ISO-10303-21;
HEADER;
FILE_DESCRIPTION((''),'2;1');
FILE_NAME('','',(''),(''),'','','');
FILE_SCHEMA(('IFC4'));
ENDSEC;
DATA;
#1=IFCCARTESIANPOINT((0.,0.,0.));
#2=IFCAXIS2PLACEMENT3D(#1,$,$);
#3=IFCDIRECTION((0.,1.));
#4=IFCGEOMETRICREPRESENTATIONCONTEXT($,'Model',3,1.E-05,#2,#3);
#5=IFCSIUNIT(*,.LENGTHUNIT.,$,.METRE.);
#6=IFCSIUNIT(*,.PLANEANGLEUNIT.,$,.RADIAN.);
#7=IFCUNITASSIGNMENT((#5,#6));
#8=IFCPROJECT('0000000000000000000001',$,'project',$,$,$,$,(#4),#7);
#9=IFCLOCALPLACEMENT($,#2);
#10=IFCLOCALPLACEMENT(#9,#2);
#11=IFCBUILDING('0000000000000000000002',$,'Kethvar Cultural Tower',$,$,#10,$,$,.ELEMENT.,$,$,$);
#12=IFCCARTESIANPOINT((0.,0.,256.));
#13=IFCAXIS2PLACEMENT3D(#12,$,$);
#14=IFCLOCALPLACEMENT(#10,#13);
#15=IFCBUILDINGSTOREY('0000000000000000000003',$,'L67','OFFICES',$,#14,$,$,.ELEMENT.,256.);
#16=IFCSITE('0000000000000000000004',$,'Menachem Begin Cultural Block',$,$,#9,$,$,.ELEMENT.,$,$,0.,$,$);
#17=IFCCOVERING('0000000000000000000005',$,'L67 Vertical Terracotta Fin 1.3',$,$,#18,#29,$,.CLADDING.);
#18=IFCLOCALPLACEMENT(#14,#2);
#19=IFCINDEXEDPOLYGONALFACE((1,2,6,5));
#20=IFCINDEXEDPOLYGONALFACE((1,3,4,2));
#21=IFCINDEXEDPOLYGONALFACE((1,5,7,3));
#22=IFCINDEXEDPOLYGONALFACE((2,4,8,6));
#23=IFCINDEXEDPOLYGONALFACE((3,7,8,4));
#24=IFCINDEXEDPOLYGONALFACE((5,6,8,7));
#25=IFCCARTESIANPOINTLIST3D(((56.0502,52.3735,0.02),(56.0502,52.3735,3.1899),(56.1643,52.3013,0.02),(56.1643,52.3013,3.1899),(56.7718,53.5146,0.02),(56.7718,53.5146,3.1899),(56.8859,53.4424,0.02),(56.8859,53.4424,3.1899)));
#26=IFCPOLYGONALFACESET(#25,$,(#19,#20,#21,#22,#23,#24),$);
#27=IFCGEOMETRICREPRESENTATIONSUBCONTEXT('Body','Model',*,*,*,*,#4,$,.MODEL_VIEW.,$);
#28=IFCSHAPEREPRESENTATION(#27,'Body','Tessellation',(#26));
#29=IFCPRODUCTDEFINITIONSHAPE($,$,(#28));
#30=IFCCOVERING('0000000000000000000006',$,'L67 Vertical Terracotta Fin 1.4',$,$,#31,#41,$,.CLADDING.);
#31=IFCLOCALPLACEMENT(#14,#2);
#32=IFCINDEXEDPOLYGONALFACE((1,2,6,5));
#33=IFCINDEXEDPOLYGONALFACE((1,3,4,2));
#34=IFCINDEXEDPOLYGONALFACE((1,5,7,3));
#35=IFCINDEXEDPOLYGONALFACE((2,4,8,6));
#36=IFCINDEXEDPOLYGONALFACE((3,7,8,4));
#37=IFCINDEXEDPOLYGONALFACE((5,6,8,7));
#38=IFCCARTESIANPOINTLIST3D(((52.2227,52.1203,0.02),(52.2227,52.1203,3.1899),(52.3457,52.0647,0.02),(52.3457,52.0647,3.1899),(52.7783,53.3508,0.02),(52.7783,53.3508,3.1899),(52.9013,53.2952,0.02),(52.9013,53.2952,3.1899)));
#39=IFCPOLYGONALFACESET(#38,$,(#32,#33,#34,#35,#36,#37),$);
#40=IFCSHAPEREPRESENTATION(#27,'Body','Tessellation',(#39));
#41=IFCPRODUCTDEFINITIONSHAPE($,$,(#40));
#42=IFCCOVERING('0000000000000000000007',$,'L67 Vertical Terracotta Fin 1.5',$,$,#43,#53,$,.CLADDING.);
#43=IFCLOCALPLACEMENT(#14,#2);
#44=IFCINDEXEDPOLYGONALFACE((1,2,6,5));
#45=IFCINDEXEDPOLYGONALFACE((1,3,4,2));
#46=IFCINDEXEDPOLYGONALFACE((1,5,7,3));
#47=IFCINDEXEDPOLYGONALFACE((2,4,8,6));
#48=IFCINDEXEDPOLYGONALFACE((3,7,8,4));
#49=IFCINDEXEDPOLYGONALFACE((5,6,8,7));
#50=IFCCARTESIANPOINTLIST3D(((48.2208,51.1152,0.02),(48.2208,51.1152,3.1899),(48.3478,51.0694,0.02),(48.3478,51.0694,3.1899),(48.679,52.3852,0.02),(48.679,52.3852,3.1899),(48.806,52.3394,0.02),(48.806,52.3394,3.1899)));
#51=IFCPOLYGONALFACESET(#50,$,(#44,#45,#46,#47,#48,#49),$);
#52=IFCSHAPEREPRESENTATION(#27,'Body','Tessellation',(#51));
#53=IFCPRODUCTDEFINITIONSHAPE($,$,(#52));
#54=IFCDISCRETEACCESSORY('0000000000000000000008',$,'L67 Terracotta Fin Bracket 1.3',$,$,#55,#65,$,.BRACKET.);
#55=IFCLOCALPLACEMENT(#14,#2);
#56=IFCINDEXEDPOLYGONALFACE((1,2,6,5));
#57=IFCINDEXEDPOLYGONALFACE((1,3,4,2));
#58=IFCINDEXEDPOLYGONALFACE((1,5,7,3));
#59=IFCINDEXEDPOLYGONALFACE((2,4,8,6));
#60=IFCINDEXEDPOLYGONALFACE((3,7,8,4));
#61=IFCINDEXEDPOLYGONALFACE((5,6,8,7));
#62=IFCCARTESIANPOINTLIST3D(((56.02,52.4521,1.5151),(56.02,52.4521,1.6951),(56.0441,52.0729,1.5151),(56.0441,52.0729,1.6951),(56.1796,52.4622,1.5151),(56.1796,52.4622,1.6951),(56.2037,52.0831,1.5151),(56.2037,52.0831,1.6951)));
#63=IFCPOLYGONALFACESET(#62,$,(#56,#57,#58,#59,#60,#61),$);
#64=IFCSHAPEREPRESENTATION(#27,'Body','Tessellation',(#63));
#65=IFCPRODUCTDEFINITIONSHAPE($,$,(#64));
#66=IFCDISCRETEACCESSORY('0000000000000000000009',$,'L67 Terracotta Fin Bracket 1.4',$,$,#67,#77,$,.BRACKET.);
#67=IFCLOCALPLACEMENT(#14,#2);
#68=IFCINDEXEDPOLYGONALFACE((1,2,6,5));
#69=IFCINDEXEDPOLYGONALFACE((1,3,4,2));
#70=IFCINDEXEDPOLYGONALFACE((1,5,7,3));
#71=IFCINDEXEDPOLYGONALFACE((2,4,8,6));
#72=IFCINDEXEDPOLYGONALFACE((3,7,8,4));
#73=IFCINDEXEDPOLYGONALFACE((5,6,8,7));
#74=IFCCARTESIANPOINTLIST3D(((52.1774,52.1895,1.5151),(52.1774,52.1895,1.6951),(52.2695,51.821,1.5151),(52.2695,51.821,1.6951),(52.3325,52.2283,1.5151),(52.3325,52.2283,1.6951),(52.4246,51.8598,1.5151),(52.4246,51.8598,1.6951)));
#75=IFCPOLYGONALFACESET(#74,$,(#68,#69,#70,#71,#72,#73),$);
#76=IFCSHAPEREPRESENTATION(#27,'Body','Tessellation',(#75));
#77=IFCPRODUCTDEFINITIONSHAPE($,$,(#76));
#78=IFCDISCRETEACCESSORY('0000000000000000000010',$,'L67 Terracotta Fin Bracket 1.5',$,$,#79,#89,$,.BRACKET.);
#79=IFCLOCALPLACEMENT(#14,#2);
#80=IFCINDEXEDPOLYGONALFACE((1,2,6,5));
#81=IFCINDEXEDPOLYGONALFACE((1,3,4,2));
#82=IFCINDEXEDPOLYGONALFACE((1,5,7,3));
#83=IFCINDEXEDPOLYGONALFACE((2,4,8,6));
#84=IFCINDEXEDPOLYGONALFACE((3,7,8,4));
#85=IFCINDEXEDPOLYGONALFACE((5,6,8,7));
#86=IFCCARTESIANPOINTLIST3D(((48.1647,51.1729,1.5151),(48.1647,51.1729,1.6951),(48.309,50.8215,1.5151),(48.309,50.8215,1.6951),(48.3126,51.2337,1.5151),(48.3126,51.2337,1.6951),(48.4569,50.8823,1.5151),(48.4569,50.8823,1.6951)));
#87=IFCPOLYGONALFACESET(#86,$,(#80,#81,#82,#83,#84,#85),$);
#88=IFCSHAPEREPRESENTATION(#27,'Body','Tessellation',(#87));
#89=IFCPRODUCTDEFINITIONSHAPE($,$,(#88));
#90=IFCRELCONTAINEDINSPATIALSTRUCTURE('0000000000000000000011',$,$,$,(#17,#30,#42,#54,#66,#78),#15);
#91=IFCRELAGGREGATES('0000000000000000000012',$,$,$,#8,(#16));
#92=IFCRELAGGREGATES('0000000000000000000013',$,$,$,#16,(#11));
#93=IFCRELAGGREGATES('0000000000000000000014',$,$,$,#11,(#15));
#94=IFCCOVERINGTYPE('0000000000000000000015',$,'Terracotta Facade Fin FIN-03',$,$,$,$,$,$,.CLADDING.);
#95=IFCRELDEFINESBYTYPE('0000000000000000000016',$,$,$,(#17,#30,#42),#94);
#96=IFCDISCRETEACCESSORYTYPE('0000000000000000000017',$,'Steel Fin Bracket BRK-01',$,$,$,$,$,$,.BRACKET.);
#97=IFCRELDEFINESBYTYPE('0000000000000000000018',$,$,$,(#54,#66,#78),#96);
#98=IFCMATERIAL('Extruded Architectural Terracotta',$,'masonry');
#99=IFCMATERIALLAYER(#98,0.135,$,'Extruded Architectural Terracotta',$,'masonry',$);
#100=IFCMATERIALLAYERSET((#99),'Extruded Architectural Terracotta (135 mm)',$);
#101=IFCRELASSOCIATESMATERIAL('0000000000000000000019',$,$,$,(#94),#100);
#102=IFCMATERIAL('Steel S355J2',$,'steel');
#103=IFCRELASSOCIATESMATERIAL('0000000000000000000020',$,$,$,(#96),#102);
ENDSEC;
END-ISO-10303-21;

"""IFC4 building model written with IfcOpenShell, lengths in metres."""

from ifc_helpers import new_model, si_unit, direction, frame, origin, origin_2d, place, context, subcontext, project, spatial, rectangle, extrude, source, transform, mapped, material, layer, layer_set, type_object, element, save


model = new_model("IFC4")

# Units and contexts
model_context = context("Model", 3, precision=1e-05, world=origin(), true_north=direction((0.0, 1.0)))
body_context = subcontext(model_context, "Body", "Model", "MODEL_VIEW")
ifc_project = project(units=[si_unit("LENGTHUNIT", "METRE"), si_unit("PLANEANGLEUNIT", "RADIAN")], contexts=[model_context])

# Site, building, storey
site_placement = place(None, origin())
site = spatial("IfcSite", under=ifc_project, at=site_placement, Name="Menachem Begin Cultural Block", CompositionType="ELEMENT", RefElevation=0.0)
building_placement = place(site_placement, origin())
building = spatial("IfcBuilding", under=site, at=building_placement, Name="Kethvar Cultural Tower", CompositionType="ELEMENT")
storey_placement = place(building_placement, frame((0.0, 0.0, 256.0)))
storey = spatial("IfcBuildingStorey", under=building, at=storey_placement, Name="L67", Description="OFFICES", CompositionType="ELEMENT", Elevation=256.0)

# Shared definitions
ifc_material_1 = material(Name="Steel S355J2", Category="steel")

# Coverings
ifc_material_2 = material(Name="Extruded Architectural Terracotta", Category="masonry")
ifc_layer_1 = layer(ifc_material_2, 0.135, Name="Extruded Architectural Terracotta", Category="masonry")
ifc_layer_set_1 = layer_set([ifc_layer_1], Name="Extruded Architectural Terracotta (135 mm)")
covering_type = type_object("IfcCoveringType", Name="Terracotta Facade Fin FIN-03", PredefinedType="CLADDING", material=ifc_layer_set_1)
shared_shape_1 = source(origin(), body_context, "Body", "SweptSolid", [
    extrude(rectangle(XDim=1.3501, YDim=0.135, at=origin_2d()), origin(), (0.0, 0.0, 1.0), 3.1699),
])
for number, where, z_axis, x_axis, name in (
    (1, (56.468, 52.908, 0.02), (0.0, 0.0, 1.0), (0.5345, 0.845169, 0.0), "L67 Vertical Terracotta Fin 1.3"),
    (2, (52.562, 52.7078, 0.02), (0.0, 0.0, 1.0), (0.411514, 0.911403, 0.0), "L67 Vertical Terracotta Fin 1.4"),
    (3, (48.5134, 51.7273, 0.02), (0.0, 0.0, 1.0), (0.339395, 0.940644, 0.0), "L67 Vertical Terracotta Fin 1.5"),
):
    element("IfcCovering", number, at=place(storey_placement, frame(where, z_axis=z_axis, x_axis=x_axis)), inside=storey, type_object=covering_type, Name=name, PredefinedType="CLADDING", context=body_context, shape_type="MappedRepresentation", body=[
        mapped(shared_shape_1, transform((0.0, 0.0, 0.0), scale=1.0)),
    ])

# Discrete accessories
discrete_accessory_type = type_object("IfcDiscreteAccessoryType", Name="Steel Fin Bracket BRK-01", PredefinedType="BRACKET", material=ifc_material_1)
shared_shape_2 = source(origin(), body_context, "Body", "SweptSolid", [
    extrude(rectangle(XDim=0.3799, YDim=0.1599, at=origin_2d()), origin(), (0.0, 0.0, 1.0), 0.1799),
])
for number, where, z_axis, x_axis, name in (
    (4, (56.1118, 52.2676, 1.5151), (0.0, 0.0, 1.0), (-0.063487, 0.997983, 0.0), "L67 Terracotta Fin Bracket 1.3"),
    (5, (52.301, 52.0247, 1.5151), (0.0, 0.0, 1.0), (-0.24243, 0.970169, 0.0), "L67 Terracotta Fin Bracket 1.4"),
    (6, (48.3108, 51.0276, 1.5151), (0.0, 0.0, 1.0), (-0.379941, 0.925011, 0.0), "L67 Terracotta Fin Bracket 1.5"),
):
    element("IfcDiscreteAccessory", number, at=place(storey_placement, frame(where, z_axis=z_axis, x_axis=x_axis)), inside=storey, type_object=discrete_accessory_type, Name=name, PredefinedType="BRACKET", context=body_context, shape_type="MappedRepresentation", body=[
        mapped(shared_shape_2, transform((0.0, 0.0, 0.0), scale=1.0)),
    ])

save(model, "model.ifc")
